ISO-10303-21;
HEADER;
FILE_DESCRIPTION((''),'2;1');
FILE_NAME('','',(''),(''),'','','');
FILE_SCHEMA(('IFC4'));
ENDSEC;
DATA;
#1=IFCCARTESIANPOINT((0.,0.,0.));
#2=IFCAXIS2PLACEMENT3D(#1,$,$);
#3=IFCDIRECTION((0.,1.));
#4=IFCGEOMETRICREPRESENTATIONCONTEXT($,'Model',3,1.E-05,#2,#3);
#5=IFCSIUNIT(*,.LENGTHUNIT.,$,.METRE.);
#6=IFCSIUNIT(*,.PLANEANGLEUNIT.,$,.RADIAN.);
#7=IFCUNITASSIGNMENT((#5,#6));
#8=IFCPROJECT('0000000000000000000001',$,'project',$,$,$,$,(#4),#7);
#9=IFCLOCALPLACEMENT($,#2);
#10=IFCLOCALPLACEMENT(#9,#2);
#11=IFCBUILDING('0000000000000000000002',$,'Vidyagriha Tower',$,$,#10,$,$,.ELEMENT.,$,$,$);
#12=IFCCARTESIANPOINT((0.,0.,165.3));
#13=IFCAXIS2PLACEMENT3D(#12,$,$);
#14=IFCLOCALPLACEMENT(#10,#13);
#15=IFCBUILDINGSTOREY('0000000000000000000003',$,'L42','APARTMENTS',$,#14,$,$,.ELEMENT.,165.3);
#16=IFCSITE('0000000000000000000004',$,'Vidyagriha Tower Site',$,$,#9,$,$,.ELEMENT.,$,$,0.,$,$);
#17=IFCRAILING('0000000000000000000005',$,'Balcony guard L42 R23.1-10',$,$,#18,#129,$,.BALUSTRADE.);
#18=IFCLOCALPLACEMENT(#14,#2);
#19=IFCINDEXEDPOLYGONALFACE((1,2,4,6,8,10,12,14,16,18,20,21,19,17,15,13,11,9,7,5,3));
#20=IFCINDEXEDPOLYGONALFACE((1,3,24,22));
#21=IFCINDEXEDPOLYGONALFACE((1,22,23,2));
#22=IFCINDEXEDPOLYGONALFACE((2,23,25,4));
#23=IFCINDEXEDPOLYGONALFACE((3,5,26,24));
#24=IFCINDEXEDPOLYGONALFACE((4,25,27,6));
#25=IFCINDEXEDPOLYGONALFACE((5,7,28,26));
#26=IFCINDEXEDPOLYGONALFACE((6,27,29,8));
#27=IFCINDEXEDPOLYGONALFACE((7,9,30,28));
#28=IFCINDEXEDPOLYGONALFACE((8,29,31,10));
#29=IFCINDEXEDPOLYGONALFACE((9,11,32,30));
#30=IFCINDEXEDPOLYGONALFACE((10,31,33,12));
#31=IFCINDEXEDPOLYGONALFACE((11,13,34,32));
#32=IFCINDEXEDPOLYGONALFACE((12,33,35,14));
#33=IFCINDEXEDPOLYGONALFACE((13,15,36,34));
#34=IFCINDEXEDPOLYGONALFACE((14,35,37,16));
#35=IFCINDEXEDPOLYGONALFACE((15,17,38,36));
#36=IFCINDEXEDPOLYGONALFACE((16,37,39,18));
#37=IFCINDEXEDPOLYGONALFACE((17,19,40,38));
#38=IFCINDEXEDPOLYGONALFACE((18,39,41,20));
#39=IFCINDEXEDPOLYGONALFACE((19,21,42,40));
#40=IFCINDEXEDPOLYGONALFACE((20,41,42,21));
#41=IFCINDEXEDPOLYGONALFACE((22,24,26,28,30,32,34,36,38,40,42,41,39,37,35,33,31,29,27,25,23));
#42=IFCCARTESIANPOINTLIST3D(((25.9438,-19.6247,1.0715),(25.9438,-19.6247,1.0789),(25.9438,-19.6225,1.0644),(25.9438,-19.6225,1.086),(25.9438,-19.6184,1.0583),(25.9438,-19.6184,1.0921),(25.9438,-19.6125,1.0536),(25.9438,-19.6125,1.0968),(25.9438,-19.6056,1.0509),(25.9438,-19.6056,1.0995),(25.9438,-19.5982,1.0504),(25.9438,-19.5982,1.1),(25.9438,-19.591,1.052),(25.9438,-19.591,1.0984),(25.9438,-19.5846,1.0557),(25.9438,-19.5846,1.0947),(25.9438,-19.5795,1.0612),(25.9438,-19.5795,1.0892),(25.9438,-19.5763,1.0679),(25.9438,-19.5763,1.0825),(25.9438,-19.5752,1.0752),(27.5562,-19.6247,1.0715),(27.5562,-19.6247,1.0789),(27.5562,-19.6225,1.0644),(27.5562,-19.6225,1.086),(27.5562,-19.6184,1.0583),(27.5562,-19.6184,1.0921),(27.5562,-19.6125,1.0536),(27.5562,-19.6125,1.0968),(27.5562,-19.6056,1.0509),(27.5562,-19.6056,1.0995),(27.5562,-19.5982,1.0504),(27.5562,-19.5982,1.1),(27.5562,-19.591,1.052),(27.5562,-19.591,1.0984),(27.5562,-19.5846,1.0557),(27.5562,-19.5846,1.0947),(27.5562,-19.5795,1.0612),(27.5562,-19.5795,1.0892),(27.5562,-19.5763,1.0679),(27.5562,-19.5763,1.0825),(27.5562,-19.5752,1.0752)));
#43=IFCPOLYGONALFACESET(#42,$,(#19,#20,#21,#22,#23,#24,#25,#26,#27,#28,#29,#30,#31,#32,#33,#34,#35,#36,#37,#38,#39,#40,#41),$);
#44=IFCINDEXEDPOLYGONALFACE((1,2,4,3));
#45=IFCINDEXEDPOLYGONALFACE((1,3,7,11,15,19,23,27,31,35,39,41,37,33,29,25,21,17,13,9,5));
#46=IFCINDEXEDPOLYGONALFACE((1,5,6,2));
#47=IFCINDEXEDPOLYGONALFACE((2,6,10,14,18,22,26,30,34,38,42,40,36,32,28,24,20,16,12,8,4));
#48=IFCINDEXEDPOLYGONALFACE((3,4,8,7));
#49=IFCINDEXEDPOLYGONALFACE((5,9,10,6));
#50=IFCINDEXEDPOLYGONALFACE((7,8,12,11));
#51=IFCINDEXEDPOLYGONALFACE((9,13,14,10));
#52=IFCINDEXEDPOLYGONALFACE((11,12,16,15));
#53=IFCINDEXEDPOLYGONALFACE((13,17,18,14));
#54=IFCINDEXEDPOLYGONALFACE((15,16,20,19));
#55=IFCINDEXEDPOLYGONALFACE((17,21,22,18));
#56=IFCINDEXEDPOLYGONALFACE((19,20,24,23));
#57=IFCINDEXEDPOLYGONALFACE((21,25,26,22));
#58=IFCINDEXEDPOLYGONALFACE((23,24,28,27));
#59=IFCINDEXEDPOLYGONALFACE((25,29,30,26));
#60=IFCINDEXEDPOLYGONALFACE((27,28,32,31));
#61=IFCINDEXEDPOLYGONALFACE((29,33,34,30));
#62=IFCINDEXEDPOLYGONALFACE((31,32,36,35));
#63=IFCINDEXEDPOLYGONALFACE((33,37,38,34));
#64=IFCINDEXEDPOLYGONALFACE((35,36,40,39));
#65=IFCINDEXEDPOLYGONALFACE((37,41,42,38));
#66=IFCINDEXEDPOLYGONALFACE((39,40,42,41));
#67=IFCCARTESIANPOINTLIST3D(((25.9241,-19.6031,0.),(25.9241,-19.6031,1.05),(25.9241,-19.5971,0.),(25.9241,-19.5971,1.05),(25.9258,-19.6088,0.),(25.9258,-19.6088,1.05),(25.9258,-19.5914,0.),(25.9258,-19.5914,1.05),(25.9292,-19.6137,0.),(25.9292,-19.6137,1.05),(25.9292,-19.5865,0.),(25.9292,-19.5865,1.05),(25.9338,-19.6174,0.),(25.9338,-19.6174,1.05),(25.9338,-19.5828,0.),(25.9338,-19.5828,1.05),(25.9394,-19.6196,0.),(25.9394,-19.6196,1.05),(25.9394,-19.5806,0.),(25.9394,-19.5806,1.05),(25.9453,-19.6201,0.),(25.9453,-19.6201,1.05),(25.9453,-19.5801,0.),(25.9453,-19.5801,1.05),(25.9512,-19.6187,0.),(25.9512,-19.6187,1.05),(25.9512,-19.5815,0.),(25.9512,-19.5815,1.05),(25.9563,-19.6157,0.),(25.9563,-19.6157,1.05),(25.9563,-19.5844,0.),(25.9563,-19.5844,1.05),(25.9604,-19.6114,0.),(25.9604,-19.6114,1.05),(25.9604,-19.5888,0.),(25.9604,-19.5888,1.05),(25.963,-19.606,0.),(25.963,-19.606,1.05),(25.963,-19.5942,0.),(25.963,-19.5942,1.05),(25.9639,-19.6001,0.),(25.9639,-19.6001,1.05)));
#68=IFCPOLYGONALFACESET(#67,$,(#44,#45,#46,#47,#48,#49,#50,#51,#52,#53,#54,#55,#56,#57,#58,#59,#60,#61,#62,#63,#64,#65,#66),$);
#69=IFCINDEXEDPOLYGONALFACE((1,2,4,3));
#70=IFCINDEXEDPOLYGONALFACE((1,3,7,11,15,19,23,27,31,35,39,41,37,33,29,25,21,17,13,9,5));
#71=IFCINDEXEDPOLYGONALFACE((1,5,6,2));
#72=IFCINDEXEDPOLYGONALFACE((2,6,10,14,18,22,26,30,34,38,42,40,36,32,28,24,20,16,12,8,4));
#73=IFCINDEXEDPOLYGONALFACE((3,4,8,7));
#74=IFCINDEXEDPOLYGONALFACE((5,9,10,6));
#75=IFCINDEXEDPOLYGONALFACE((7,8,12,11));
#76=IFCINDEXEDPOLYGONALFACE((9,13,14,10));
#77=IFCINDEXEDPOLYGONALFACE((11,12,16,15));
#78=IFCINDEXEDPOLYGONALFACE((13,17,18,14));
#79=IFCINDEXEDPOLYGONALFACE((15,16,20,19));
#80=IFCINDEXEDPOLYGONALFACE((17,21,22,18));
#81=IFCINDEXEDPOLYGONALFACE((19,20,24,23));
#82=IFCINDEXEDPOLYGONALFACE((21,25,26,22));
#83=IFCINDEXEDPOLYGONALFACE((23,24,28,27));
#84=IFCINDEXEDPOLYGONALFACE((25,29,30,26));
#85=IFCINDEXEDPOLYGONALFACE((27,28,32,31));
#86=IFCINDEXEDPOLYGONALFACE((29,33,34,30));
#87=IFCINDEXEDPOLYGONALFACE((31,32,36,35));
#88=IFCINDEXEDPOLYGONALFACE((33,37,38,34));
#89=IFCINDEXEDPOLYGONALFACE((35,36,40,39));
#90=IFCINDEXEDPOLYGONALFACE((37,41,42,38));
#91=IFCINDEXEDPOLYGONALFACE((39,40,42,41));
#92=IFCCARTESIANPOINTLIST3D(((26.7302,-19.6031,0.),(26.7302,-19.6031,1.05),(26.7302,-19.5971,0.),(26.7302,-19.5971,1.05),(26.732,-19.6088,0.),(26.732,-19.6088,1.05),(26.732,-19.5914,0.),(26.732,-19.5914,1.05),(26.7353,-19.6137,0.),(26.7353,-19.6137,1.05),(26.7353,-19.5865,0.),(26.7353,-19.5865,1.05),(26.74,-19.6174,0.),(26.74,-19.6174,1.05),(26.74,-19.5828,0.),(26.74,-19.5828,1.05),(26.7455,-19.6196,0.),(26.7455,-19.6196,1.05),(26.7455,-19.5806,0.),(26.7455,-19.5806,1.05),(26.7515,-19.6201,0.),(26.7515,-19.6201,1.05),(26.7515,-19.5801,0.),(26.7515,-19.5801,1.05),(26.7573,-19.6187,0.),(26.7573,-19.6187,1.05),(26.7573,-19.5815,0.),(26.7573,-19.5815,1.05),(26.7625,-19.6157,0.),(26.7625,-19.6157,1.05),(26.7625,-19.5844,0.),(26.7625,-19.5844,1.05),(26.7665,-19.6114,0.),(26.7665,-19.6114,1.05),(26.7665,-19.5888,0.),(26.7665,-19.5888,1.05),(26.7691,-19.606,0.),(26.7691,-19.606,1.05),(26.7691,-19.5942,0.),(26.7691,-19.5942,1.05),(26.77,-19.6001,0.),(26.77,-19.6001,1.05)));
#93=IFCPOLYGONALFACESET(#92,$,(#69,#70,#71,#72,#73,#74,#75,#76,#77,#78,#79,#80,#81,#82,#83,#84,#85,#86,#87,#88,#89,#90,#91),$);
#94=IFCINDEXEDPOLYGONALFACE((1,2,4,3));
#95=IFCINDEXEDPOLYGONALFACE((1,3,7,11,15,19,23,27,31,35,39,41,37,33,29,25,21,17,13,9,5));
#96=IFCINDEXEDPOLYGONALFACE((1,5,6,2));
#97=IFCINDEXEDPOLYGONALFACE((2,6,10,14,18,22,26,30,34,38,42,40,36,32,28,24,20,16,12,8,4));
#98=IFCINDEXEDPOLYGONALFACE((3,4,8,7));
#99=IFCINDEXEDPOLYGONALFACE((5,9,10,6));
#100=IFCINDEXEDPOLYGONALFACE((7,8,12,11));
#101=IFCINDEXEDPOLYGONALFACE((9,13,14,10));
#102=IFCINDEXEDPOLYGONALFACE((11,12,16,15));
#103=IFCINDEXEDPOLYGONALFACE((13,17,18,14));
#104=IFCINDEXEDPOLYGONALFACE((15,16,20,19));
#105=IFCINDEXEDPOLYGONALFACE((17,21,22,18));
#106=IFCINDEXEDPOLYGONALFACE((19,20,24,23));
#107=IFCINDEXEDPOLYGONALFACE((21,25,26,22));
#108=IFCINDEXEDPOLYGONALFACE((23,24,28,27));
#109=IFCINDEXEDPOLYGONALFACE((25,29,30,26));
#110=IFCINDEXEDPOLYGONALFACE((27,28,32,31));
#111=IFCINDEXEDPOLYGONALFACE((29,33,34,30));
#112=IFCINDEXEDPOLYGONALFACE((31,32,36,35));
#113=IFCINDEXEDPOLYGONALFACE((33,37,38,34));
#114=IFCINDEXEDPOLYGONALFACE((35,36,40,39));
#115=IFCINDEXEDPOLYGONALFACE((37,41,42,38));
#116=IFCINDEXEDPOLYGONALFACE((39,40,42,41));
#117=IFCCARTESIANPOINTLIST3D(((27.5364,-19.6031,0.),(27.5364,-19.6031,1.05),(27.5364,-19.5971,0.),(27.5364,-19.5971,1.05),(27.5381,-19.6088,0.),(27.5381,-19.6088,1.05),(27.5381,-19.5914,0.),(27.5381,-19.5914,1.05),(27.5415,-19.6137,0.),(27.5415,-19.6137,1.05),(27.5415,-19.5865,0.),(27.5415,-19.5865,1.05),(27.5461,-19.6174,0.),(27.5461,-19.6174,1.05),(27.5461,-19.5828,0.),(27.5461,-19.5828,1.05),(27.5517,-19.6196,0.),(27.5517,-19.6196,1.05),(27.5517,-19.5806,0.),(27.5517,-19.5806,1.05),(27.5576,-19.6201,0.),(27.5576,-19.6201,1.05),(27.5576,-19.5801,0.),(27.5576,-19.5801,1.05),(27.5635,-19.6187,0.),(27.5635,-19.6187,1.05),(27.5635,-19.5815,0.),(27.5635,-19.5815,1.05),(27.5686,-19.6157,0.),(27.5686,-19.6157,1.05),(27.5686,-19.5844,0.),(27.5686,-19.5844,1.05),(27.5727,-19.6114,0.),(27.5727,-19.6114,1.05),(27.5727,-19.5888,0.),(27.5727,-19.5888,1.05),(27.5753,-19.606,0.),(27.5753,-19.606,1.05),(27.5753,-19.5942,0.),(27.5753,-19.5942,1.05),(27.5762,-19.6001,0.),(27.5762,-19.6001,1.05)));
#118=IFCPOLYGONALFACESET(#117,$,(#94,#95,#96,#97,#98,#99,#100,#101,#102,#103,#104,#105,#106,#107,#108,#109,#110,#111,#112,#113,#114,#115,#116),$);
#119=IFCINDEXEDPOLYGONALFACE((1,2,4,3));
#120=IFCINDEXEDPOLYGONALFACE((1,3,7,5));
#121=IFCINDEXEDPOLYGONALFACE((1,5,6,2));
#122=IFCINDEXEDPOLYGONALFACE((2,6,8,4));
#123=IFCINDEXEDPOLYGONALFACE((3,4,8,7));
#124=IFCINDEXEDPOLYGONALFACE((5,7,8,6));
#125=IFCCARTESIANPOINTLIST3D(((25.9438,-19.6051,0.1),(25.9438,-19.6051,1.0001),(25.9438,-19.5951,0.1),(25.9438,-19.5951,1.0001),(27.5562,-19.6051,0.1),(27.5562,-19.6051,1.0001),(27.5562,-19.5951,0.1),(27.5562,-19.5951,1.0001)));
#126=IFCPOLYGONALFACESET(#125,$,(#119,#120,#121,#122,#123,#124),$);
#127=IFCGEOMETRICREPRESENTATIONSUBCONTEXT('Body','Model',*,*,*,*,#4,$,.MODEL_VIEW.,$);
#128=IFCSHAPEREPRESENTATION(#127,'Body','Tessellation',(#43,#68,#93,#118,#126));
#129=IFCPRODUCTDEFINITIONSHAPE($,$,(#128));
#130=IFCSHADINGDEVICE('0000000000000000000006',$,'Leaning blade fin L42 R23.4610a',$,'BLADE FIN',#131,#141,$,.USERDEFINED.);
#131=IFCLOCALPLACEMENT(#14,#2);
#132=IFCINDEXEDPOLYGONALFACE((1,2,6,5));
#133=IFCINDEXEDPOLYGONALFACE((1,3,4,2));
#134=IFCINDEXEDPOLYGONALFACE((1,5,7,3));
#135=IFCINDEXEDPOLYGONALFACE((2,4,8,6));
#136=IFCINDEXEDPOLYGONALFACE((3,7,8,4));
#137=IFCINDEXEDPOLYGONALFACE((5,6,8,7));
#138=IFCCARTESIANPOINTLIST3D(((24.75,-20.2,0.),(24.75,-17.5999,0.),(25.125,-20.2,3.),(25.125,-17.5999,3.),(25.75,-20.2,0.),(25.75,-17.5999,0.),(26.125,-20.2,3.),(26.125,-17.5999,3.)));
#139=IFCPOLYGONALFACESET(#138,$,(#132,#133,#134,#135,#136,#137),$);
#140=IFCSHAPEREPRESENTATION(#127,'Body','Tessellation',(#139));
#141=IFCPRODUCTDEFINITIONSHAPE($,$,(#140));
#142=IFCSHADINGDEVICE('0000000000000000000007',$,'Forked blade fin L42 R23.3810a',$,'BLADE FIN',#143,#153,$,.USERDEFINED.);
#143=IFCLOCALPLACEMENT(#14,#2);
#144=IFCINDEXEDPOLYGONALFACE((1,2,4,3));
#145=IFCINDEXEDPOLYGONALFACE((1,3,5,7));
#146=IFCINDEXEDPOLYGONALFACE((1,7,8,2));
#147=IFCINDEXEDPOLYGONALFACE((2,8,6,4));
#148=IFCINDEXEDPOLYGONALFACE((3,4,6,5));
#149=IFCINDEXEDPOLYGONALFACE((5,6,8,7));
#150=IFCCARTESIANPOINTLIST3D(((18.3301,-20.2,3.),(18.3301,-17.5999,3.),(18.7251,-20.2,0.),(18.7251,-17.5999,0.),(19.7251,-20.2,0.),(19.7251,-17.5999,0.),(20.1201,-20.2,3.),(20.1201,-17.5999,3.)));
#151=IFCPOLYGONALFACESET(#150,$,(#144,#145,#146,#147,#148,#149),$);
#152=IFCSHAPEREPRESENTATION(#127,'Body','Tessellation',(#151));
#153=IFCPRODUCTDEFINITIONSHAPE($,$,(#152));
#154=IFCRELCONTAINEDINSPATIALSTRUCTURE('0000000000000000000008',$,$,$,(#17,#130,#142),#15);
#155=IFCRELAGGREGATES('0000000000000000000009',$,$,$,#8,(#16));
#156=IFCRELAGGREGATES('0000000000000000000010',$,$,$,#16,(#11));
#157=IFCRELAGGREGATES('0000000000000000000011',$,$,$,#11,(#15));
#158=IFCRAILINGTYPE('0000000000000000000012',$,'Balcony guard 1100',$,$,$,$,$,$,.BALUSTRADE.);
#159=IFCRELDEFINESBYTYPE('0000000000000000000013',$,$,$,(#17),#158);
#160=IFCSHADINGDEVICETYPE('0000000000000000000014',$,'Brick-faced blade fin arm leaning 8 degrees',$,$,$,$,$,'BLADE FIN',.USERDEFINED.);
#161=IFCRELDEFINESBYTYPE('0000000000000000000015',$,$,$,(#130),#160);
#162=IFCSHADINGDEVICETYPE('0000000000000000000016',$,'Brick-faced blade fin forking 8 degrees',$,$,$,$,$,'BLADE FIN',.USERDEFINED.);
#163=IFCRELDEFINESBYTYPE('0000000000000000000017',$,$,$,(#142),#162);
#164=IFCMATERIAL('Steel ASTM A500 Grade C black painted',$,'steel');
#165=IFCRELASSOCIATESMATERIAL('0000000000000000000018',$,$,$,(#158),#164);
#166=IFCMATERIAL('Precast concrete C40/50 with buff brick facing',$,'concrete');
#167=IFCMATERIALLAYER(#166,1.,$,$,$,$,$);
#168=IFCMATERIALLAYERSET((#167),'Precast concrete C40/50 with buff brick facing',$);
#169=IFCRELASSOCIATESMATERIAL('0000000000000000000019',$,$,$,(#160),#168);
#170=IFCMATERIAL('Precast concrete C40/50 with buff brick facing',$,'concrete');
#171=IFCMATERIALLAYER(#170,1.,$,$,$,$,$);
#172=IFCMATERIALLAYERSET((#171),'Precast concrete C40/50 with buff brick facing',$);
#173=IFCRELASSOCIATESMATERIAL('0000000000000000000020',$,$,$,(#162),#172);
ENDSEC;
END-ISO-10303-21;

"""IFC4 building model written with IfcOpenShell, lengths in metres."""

from ifc_helpers import new_model, si_unit, direction, frame, origin, origin_2d, place, context, subcontext, project, spatial, polyline, rectangle, circle, outline, extrude, material, layer, layer_set, type_object, element, save


model = new_model("IFC4")

# Units and contexts
model_context = context("Model", 3, precision=1e-05, world=origin(), true_north=direction((0.0, 1.0)))
body_context = subcontext(model_context, "Body", "Model", "MODEL_VIEW")
ifc_project = project(units=[si_unit("LENGTHUNIT", "METRE"), si_unit("PLANEANGLEUNIT", "RADIAN")], contexts=[model_context])

# Site, building, storey
site_placement = place(None, origin())
site = spatial("IfcSite", under=ifc_project, at=site_placement, Name="Vidyagriha Tower Site", CompositionType="ELEMENT", RefElevation=0.0)
building_placement = place(site_placement, origin())
building = spatial("IfcBuilding", under=site, at=building_placement, Name="Vidyagriha Tower", CompositionType="ELEMENT")
storey_placement = place(building_placement, frame((0.0, 0.0, 165.3)))
storey = spatial("IfcBuildingStorey", under=building, at=storey_placement, Name="L42", Description="APARTMENTS", CompositionType="ELEMENT", Elevation=165.3)

# Railing
ifc_material_1 = material(Name="Steel ASTM A500 Grade C black painted", Category="steel")
railing_type = type_object("IfcRailingType", Name="Balcony guard 1100", PredefinedType="BALUSTRADE", material=ifc_material_1)
railing_1_placement = place(storey_placement, frame((25.9438, -19.6001, 0.0)))
element("IfcRailing", 1, at=railing_1_placement, inside=storey, type_object=railing_type, Name="Balcony guard L42 R23.1-10", PredefinedType="BALUSTRADE", context=body_context, shape_type="SweptSolid", body=[
    extrude(circle(Radius=0.0249, at=origin_2d()), frame((0.0, 0.0, 1.0752), z_axis=(1.0, 0.0, 0.0), x_axis=(0.0, 1.0, 0.0)), (0.0, 0.0, 1.0), 1.6123),
    extrude(circle(Radius=0.02, at=origin_2d()), origin(), (0.0, 0.0, 1.0), 1.05),
    extrude(circle(Radius=0.02, at=origin_2d()), frame((0.8062, 0.0, 0.0)), (0.0, 0.0, 1.0), 1.05),
    extrude(circle(Radius=0.02, at=origin_2d()), frame((1.6123, 0.0, 0.0)), (0.0, 0.0, 1.0), 1.05),
    extrude(rectangle(XDim=0.01, YDim=0.9001, at=origin_2d()), frame((0.0, 0.0, 0.55), z_axis=(1.0, 0.0, 0.0), x_axis=(0.0, 1.0, 0.0)), (0.0, 0.0, 1.0), 1.6123),
])

# Shading devices
ifc_material_2 = material(Name="Precast concrete C40/50 with buff brick facing", Category="concrete")
ifc_layer_1 = layer(ifc_material_2, 1.0)
ifc_layer_set_1 = layer_set([ifc_layer_1], Name="Precast concrete C40/50 with buff brick facing")
shading_device_type_1 = type_object("IfcShadingDeviceType", Name="Brick-faced blade fin arm leaning 8 degrees", ElementType="BLADE FIN", PredefinedType="USERDEFINED", material=ifc_layer_set_1)
shading_device_1_placement = place(storey_placement, frame((24.75, -18.8999, 0.0)))
element("IfcShadingDevice", 2, at=shading_device_1_placement, inside=storey, type_object=shading_device_type_1, Name="Leaning blade fin L42 R23.4610a", ObjectType="BLADE FIN", PredefinedType="USERDEFINED", context=body_context, shape_type="SweptSolid", body=[
    extrude(outline(polyline([(0.0, 0.0), (1.0, 0.0), (1.375, 3.0), (0.375, 3.0), (0.0, 0.0)])), frame((0.0, 1.3, 0.0), z_axis=(0.0, -1.0, 0.0), x_axis=(1.0, 0.0, 0.0)), (0.0, 0.0, 1.0), 2.6001),
])
ifc_material_3 = material(Name="Precast concrete C40/50 with buff brick facing", Category="concrete")
ifc_layer_2 = layer(ifc_material_3, 1.0)
ifc_layer_set_2 = layer_set([ifc_layer_2], Name="Precast concrete C40/50 with buff brick facing")
shading_device_type_2 = type_object("IfcShadingDeviceType", Name="Brick-faced blade fin forking 8 degrees", ElementType="BLADE FIN", PredefinedType="USERDEFINED", material=ifc_layer_set_2)
shading_device_2_placement = place(storey_placement, frame((18.3301, -18.8999, 0.0)))
element("IfcShadingDevice", 3, at=shading_device_2_placement, inside=storey, type_object=shading_device_type_2, Name="Forked blade fin L42 R23.3810a", ObjectType="BLADE FIN", PredefinedType="USERDEFINED", context=body_context, shape_type="SweptSolid", body=[
    extrude(outline(polyline([(0.395, 0.0), (1.395, 0.0), (1.79, 3.0), (0.0, 3.0), (0.395, 0.0)])), frame((0.0, 1.3, 0.0), z_axis=(0.0, -1.0, 0.0), x_axis=(1.0, 0.0, 0.0)), (0.0, 0.0, 1.0), 2.6001),
])

save(model, "model.ifc")
